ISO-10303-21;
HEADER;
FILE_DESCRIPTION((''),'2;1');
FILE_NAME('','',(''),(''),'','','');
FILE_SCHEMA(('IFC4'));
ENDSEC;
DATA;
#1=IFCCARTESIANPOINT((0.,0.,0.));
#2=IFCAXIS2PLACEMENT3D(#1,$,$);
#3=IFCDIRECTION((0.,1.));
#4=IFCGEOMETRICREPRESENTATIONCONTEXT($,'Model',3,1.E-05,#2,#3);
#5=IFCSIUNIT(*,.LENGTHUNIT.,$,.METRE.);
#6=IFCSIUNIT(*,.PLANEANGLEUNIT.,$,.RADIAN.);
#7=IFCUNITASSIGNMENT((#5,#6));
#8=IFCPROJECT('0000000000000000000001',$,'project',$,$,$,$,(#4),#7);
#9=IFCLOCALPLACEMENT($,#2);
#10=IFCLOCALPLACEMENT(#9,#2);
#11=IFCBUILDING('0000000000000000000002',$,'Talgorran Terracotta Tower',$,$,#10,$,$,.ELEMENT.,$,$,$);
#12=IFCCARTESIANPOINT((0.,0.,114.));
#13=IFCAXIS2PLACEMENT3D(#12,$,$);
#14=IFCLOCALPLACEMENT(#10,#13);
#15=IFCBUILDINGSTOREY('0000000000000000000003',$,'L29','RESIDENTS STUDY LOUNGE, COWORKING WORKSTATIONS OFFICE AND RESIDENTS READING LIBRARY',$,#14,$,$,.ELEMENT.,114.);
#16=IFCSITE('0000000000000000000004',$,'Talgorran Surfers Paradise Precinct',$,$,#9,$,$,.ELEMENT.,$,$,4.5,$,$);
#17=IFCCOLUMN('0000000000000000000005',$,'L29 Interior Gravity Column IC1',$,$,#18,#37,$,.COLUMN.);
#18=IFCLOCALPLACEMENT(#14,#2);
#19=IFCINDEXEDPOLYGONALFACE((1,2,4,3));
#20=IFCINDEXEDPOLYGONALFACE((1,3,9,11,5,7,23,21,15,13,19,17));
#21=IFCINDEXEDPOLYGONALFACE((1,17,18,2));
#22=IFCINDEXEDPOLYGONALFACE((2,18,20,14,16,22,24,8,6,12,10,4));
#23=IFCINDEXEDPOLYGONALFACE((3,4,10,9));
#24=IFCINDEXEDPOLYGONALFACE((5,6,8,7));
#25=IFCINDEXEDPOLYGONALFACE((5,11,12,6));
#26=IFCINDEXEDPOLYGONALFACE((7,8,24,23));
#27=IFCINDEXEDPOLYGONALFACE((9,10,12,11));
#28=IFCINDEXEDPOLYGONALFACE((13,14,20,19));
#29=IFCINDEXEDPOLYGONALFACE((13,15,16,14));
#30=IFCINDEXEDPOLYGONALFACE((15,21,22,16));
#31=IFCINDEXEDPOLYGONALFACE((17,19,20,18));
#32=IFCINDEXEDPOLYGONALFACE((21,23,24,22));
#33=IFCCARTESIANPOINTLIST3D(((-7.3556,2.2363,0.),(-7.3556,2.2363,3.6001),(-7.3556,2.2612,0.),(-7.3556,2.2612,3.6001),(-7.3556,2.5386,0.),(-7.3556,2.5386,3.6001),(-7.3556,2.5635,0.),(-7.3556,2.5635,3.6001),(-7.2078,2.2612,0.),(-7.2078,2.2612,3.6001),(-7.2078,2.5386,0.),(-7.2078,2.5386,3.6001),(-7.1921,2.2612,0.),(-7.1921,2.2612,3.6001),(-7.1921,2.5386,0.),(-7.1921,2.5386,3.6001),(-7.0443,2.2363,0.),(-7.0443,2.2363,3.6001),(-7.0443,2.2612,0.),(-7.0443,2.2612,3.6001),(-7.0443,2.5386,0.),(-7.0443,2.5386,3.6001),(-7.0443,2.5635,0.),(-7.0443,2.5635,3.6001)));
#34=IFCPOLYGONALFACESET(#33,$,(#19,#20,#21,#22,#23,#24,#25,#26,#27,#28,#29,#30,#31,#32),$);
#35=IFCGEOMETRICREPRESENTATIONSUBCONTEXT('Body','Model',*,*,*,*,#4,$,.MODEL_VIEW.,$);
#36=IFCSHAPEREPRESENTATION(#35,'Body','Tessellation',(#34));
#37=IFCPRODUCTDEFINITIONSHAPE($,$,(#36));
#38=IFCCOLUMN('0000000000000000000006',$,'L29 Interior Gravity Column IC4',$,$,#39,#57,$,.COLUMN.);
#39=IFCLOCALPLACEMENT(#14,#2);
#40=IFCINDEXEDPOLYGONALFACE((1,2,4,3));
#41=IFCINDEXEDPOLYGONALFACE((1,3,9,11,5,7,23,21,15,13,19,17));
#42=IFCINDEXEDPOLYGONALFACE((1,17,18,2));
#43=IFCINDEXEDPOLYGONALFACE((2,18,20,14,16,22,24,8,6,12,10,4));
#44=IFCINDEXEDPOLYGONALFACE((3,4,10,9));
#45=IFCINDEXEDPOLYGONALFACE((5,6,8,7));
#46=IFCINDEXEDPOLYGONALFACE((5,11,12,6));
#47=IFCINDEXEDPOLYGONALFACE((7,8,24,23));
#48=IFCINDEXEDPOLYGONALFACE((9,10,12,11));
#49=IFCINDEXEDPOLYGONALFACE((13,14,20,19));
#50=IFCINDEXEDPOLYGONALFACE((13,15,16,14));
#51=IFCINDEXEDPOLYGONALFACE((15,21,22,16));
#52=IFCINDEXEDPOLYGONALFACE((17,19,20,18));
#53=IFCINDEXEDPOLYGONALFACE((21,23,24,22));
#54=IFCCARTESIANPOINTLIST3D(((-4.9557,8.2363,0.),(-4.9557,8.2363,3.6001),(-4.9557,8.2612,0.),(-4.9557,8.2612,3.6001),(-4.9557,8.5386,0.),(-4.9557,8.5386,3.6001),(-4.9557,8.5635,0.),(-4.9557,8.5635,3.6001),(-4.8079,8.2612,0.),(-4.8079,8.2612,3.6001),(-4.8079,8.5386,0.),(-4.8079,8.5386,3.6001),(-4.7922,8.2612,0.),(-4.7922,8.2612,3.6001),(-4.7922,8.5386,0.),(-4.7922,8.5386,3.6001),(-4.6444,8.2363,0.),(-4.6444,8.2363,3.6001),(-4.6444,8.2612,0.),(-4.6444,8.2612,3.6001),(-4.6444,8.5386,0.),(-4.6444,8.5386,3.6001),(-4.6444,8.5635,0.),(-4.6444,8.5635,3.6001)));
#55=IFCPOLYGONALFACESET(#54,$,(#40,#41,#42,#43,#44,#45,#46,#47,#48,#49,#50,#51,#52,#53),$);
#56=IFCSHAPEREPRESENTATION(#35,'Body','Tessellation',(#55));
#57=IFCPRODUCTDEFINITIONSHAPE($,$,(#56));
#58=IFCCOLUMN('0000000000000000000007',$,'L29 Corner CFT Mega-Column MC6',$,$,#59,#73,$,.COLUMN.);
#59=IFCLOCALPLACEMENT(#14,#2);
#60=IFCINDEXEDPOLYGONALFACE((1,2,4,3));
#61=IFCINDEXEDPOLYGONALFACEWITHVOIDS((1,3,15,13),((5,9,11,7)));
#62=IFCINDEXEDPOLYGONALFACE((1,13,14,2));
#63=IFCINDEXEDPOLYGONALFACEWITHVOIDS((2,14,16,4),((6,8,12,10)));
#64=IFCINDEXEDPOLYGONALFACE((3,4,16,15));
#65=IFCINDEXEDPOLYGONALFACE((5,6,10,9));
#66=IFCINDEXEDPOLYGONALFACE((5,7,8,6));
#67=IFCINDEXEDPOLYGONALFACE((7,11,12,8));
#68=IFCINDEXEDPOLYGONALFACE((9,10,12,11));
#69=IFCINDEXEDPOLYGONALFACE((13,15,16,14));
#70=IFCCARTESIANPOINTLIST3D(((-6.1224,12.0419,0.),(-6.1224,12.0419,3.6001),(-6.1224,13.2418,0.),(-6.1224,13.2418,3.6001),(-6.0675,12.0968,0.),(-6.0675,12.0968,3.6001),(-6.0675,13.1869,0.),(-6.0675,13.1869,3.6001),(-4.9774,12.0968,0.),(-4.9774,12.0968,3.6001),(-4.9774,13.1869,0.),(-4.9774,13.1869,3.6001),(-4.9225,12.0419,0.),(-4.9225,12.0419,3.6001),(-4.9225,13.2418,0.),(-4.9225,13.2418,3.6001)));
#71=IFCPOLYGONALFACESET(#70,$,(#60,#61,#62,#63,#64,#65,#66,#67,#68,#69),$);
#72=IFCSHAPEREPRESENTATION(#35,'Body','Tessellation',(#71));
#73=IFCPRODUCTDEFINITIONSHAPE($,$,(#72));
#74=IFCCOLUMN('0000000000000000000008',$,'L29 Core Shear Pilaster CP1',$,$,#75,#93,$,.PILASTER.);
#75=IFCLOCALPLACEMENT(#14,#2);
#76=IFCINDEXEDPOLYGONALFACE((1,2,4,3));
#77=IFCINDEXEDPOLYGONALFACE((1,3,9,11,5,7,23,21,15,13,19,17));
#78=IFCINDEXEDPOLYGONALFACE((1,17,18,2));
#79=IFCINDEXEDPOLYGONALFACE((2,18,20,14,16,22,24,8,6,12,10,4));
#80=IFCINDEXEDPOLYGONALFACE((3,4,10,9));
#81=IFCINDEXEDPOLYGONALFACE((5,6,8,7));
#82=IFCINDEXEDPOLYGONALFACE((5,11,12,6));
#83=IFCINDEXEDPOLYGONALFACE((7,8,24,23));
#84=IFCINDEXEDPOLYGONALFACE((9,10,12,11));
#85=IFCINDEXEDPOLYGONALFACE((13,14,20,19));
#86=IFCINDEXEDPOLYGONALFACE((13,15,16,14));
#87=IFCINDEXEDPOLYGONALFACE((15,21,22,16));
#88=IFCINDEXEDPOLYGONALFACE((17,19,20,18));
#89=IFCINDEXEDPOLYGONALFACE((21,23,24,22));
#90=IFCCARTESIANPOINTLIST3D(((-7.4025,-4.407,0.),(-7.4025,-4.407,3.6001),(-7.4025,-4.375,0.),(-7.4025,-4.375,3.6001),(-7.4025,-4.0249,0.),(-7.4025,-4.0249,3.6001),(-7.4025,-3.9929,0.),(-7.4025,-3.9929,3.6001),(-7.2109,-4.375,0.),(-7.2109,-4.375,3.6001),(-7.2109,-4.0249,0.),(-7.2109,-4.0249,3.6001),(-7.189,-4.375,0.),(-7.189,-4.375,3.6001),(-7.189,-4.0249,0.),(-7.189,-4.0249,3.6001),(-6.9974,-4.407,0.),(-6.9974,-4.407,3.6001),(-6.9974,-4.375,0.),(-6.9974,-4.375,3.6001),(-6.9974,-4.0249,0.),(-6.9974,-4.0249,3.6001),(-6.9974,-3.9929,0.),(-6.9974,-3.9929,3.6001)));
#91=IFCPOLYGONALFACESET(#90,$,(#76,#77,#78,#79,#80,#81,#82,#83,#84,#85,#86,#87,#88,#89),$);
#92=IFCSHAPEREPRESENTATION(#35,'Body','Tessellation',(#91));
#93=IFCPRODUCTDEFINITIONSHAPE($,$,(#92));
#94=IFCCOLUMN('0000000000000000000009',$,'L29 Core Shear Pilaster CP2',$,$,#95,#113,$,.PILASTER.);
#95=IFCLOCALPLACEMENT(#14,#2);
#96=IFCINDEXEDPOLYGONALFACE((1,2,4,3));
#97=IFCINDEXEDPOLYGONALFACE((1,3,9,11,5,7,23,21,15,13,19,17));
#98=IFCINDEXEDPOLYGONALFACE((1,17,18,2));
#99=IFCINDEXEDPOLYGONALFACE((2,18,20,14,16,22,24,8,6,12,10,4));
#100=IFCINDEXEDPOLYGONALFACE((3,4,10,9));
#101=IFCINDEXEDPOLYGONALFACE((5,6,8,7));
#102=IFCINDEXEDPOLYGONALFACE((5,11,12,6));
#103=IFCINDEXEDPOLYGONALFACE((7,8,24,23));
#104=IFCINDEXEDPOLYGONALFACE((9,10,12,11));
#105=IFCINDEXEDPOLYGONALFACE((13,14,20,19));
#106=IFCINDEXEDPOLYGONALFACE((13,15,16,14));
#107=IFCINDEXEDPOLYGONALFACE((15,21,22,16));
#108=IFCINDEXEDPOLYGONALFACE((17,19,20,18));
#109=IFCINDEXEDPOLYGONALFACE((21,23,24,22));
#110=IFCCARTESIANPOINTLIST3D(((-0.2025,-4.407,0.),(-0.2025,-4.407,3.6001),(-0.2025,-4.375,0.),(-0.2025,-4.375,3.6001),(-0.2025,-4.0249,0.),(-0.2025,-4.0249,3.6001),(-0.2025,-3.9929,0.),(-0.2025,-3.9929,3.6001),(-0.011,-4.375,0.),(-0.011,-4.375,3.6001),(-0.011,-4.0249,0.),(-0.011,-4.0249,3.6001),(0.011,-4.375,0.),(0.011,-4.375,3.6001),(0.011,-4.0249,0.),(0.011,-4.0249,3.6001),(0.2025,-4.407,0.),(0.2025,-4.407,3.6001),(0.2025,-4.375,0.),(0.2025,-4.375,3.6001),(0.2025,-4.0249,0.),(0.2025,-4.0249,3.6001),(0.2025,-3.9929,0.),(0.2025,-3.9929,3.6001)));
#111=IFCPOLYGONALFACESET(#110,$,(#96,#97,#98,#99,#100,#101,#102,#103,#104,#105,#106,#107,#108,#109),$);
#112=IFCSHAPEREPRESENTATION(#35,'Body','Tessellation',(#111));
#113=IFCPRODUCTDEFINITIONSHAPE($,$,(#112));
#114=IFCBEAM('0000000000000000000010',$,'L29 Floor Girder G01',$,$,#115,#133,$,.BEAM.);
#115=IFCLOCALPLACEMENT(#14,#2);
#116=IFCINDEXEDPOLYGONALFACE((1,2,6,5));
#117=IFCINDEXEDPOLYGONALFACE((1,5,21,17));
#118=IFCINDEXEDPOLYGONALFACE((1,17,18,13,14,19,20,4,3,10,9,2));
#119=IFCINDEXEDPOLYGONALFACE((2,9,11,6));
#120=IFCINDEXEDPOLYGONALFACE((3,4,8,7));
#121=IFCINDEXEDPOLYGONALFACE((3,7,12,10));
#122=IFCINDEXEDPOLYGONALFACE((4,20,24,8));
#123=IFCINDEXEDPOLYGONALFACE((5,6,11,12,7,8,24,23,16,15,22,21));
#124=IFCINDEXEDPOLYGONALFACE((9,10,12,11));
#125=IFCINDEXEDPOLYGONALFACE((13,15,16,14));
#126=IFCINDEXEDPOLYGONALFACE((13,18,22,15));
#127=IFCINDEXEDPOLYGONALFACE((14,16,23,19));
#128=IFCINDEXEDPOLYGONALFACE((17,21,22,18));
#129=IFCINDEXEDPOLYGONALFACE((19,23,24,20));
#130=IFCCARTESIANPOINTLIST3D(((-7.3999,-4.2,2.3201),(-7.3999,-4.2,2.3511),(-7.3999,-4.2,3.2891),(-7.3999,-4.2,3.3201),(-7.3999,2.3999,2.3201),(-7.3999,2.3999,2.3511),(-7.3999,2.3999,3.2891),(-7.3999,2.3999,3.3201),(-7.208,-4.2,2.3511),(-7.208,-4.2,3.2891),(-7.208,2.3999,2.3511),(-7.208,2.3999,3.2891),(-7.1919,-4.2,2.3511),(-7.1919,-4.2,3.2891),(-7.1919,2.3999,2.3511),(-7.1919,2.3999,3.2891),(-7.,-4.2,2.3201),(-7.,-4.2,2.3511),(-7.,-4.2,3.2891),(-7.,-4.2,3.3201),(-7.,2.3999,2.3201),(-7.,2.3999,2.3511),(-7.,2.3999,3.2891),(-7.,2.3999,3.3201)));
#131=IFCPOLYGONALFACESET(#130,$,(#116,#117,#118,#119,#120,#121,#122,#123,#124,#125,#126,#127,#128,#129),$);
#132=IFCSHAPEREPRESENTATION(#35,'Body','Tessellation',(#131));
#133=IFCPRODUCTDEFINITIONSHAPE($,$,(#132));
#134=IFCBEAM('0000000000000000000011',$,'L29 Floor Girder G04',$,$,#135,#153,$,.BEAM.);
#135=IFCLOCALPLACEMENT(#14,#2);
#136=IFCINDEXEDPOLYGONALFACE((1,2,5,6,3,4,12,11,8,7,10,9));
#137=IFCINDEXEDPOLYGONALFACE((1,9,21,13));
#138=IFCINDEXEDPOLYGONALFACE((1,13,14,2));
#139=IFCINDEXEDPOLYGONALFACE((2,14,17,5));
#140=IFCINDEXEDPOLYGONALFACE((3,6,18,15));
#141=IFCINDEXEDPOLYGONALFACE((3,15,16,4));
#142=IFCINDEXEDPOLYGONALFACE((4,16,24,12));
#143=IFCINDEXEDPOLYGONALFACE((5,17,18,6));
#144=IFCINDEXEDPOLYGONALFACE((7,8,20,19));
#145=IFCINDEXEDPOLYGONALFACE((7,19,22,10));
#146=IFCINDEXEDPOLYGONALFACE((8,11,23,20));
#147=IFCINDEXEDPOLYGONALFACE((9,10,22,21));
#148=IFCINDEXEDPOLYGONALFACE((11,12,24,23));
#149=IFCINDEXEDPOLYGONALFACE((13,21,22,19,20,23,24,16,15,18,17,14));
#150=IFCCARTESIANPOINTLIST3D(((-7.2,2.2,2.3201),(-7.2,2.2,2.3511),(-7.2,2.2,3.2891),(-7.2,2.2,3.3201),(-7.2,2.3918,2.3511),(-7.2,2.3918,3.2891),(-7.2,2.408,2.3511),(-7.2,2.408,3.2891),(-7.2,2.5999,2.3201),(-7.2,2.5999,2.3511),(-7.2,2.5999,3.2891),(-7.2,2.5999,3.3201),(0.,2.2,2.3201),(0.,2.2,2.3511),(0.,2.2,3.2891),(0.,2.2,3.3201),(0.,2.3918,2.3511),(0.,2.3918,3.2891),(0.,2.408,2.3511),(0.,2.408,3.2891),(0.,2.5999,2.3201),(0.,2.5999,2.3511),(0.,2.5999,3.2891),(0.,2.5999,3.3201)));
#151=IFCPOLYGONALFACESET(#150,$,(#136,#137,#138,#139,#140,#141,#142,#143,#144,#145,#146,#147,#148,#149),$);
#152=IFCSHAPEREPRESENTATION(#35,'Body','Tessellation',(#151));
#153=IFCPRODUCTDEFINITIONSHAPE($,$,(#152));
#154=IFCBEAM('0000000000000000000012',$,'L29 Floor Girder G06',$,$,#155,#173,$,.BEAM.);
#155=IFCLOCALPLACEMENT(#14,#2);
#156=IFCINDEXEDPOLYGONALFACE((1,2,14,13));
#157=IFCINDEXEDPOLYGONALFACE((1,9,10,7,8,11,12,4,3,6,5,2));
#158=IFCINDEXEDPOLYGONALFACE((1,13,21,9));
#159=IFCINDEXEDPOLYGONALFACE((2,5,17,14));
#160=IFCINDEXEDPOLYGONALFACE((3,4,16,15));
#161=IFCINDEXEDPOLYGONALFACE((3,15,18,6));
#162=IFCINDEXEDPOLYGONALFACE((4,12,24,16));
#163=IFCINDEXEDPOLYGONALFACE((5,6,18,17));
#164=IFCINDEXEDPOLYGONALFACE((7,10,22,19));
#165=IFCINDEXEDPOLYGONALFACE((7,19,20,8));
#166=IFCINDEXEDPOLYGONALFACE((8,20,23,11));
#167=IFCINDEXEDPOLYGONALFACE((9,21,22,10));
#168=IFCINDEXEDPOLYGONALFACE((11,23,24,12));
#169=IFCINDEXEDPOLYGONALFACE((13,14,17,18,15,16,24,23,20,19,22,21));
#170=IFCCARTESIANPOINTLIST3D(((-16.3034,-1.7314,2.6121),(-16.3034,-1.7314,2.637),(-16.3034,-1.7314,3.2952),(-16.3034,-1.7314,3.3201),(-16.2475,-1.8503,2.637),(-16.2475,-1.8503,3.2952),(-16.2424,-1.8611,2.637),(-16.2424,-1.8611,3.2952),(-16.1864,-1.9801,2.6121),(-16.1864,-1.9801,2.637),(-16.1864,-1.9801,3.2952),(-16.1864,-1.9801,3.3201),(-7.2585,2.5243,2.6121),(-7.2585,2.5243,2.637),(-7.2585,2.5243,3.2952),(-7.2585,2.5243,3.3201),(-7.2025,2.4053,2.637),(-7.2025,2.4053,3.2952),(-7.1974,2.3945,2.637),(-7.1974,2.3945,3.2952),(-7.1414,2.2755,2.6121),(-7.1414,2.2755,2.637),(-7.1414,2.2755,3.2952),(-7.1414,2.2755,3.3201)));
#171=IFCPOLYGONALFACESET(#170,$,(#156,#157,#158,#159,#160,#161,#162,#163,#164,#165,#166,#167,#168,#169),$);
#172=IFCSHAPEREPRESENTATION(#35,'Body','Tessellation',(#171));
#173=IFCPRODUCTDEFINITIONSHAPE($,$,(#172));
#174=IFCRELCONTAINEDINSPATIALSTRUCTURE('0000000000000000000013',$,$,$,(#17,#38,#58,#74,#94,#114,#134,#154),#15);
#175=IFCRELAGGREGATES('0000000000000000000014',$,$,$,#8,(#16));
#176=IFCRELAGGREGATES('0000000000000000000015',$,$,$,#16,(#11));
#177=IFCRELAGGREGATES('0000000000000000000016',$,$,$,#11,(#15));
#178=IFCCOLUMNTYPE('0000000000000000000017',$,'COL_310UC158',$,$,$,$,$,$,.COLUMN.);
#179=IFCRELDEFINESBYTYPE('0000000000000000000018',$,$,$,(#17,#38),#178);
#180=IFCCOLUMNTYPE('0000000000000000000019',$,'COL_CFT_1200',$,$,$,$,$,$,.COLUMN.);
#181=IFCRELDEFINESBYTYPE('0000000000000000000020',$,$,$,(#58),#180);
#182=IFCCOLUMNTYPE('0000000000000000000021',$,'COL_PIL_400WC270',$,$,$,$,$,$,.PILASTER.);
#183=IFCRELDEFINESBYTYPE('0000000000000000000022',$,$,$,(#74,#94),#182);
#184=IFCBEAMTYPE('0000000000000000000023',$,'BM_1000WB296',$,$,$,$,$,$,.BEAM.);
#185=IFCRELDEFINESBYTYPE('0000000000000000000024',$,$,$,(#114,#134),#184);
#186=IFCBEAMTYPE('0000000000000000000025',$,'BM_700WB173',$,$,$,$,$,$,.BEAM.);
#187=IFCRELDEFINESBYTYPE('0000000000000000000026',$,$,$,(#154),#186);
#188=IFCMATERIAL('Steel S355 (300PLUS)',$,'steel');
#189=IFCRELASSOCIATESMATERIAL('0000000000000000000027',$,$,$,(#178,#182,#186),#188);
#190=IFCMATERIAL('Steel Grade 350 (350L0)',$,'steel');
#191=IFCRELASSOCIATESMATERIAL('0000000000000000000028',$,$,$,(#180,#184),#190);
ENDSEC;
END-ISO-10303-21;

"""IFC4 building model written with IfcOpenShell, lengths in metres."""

from ifc_helpers import new_model, si_unit, direction, frame, origin, origin_2d, place, context, subcontext, project, spatial, hollow_rectangle, i_section, extrude, material, material_profile, profile_set, type_object, element, save


model = new_model("IFC4")

# Units and contexts
model_context = context("Model", 3, precision=1e-05, world=origin(), true_north=direction((0.0, 1.0)))
body_context = subcontext(model_context, "Body", "Model", "MODEL_VIEW")
ifc_project = project(units=[si_unit("LENGTHUNIT", "METRE"), si_unit("PLANEANGLEUNIT", "RADIAN")], contexts=[model_context])

# Site, building, storey
site_placement = place(None, origin())
site = spatial("IfcSite", under=ifc_project, at=site_placement, Name="Talgorran Surfers Paradise Precinct", CompositionType="ELEMENT", RefElevation=4.5)
building_placement = place(site_placement, origin())
building = spatial("IfcBuilding", under=site, at=building_placement, Name="Talgorran Terracotta Tower", CompositionType="ELEMENT")
storey_placement = place(building_placement, frame((0.0, 0.0, 114.0)))
storey = spatial("IfcBuildingStorey", under=building, at=storey_placement, Name="L29", Description="RESIDENTS STUDY LOUNGE, COWORKING WORKSTATIONS OFFICE AND RESIDENTS READING LIBRARY", CompositionType="ELEMENT", Elevation=114.0)

# Columns
ifc_material_1 = material(Name="Steel S355 (300PLUS)", Category="steel")
ifc_material_profile_1 = material_profile(ifc_material_1, i_section(OverallWidth=0.3113, OverallDepth=0.3271, WebThickness=0.0156, FlangeThickness=0.0249, at=origin_2d()), Name="310UC158")
ifc_profile_set_1 = profile_set([ifc_material_profile_1], Name="Steel S355 (300PLUS)")
column_type_1 = type_object("IfcColumnType", Name="COL_310UC158", PredefinedType="COLUMN", material=ifc_profile_set_1)
for number, where, z_axis, x_axis, name in (
    (1, (-7.2, 2.3999, 0.0), (0.0, 0.0, 1.0), (1.0, 0.0, 0.0), "L29 Interior Gravity Column IC1"),
    (2, (-4.8, 8.3999, 0.0), (0.0, 0.0, 1.0), (1.0, 0.0, 0.0), "L29 Interior Gravity Column IC4"),
):
    element("IfcColumn", number, at=place(storey_placement, frame(where, z_axis=z_axis, x_axis=x_axis)), inside=storey, type_object=column_type_1, Name=name, PredefinedType="COLUMN", context=body_context, shape_type="SweptSolid", body=[
        extrude(i_section(OverallWidth=0.3113, OverallDepth=0.3271, WebThickness=0.0156, FlangeThickness=0.0249, at=origin_2d()), origin(), (0.0, 0.0, 1.0), 3.6001),
    ])
ifc_material_2 = material(Name="Steel Grade 350 (350L0)", Category="steel")
ifc_material_profile_2 = material_profile(ifc_material_2, hollow_rectangle(XDim=1.2, YDim=1.2, WallThickness=0.0549, at=origin_2d()), Name="CFT1200X1200X55")
ifc_profile_set_2 = profile_set([ifc_material_profile_2], Name="Steel Grade 350 (350L0)")
column_type_2 = type_object("IfcColumnType", Name="COL_CFT_1200", PredefinedType="COLUMN", material=ifc_profile_set_2)
column_placement = place(storey_placement, frame((-5.5225, 12.6418, 0.0), z_axis=(0.0, 0.0, 1.0), x_axis=(1.0, 0.0, 0.0)))
element("IfcColumn", 3, at=column_placement, inside=storey, type_object=column_type_2, Name="L29 Corner CFT Mega-Column MC6", PredefinedType="COLUMN", context=body_context, shape_type="SweptSolid", body=[
    extrude(hollow_rectangle(XDim=1.2, YDim=1.2, WallThickness=0.0549, at=origin_2d()), origin(), (0.0, 0.0, 1.0), 3.6001),
])
ifc_material_profile_3 = material_profile(ifc_material_1, i_section(OverallWidth=0.405, OverallDepth=0.4141, WebThickness=0.022, FlangeThickness=0.032, at=origin_2d()), Name="400WC270")
ifc_profile_set_3 = profile_set([ifc_material_profile_3], Name="Steel S355 (300PLUS)")
column_type_3 = type_object("IfcColumnType", Name="COL_PIL_400WC270", PredefinedType="PILASTER", material=ifc_profile_set_3)
for number, where, z_axis, x_axis, name in (
    (4, (-7.2, -4.2, 0.0), (0.0, 0.0, 1.0), (1.0, 0.0, 0.0), "L29 Core Shear Pilaster CP1"),
    (5, (0.0, -4.2, 0.0), (0.0, 0.0, 1.0), (1.0, 0.0, 0.0), "L29 Core Shear Pilaster CP2"),
):
    element("IfcColumn", number, at=place(storey_placement, frame(where, z_axis=z_axis, x_axis=x_axis)), inside=storey, type_object=column_type_3, Name=name, PredefinedType="PILASTER", context=body_context, shape_type="SweptSolid", body=[
        extrude(i_section(OverallWidth=0.405, OverallDepth=0.4141, WebThickness=0.022, FlangeThickness=0.032, at=origin_2d()), origin(), (0.0, 0.0, 1.0), 3.6001),
    ])

# Beams
ifc_material_profile_4 = material_profile(ifc_material_2, i_section(OverallWidth=0.3999, OverallDepth=1.0, WebThickness=0.0161, FlangeThickness=0.031, at=origin_2d()), Name="1000WB296")
ifc_profile_set_4 = profile_set([ifc_material_profile_4], Name="Steel Grade 350 (350L0)")
beam_type_1 = type_object("IfcBeamType", Name="BM_1000WB296", PredefinedType="BEAM", material=ifc_profile_set_4)
beam_1_placement = place(storey_placement, frame((-7.2, -4.2, 2.8201), z_axis=(0.0, 1.0, 0.0), x_axis=(-1.0, 0.0, 0.0)))
element("IfcBeam", 6, at=beam_1_placement, inside=storey, type_object=beam_type_1, Name="L29 Floor Girder G01", PredefinedType="BEAM", context=body_context, shape_type="SweptSolid", body=[
    extrude(i_section(OverallWidth=0.3999, OverallDepth=1.0, WebThickness=0.0161, FlangeThickness=0.031, at=origin_2d()), origin(), (0.0, 0.0, 1.0), 6.5999),
])
beam_2_placement = place(storey_placement, frame((-7.2, 2.3999, 2.8201), z_axis=(1.0, 0.0, 0.0), x_axis=(0.0, 1.0, 0.0)))
element("IfcBeam", 7, at=beam_2_placement, inside=storey, type_object=beam_type_1, Name="L29 Floor Girder G04", PredefinedType="BEAM", context=body_context, shape_type="SweptSolid", body=[
    extrude(i_section(OverallWidth=0.3999, OverallDepth=1.0, WebThickness=0.0161, FlangeThickness=0.031, at=origin_2d()), origin(), (0.0, 0.0, 1.0), 7.2),
])
ifc_material_profile_5 = material_profile(ifc_material_1, i_section(OverallWidth=0.2749, OverallDepth=0.708, WebThickness=0.012, FlangeThickness=0.0249, at=origin_2d()), Name="700WB173")
ifc_profile_set_5 = profile_set([ifc_material_profile_5], Name="Steel S355 (300PLUS)")
beam_type_2 = type_object("IfcBeamType", Name="BM_700WB173", PredefinedType="BEAM", material=ifc_profile_set_5)
beam_3_placement = place(storey_placement, frame((-7.2, 2.3999, 2.9661), z_axis=(-0.90485, -0.42573, 0.0), x_axis=(0.42573, -0.90485, 0.0)))
element("IfcBeam", 8, at=beam_3_placement, inside=storey, type_object=beam_type_2, Name="L29 Floor Girder G06", PredefinedType="BEAM", context=body_context, shape_type="SweptSolid", body=[
    extrude(i_section(OverallWidth=0.2749, OverallDepth=0.708, WebThickness=0.012, FlangeThickness=0.0249, at=origin_2d()), origin(), (0.0, 0.0, 1.0), 9.9961),
])

save(model, "model.ifc")
